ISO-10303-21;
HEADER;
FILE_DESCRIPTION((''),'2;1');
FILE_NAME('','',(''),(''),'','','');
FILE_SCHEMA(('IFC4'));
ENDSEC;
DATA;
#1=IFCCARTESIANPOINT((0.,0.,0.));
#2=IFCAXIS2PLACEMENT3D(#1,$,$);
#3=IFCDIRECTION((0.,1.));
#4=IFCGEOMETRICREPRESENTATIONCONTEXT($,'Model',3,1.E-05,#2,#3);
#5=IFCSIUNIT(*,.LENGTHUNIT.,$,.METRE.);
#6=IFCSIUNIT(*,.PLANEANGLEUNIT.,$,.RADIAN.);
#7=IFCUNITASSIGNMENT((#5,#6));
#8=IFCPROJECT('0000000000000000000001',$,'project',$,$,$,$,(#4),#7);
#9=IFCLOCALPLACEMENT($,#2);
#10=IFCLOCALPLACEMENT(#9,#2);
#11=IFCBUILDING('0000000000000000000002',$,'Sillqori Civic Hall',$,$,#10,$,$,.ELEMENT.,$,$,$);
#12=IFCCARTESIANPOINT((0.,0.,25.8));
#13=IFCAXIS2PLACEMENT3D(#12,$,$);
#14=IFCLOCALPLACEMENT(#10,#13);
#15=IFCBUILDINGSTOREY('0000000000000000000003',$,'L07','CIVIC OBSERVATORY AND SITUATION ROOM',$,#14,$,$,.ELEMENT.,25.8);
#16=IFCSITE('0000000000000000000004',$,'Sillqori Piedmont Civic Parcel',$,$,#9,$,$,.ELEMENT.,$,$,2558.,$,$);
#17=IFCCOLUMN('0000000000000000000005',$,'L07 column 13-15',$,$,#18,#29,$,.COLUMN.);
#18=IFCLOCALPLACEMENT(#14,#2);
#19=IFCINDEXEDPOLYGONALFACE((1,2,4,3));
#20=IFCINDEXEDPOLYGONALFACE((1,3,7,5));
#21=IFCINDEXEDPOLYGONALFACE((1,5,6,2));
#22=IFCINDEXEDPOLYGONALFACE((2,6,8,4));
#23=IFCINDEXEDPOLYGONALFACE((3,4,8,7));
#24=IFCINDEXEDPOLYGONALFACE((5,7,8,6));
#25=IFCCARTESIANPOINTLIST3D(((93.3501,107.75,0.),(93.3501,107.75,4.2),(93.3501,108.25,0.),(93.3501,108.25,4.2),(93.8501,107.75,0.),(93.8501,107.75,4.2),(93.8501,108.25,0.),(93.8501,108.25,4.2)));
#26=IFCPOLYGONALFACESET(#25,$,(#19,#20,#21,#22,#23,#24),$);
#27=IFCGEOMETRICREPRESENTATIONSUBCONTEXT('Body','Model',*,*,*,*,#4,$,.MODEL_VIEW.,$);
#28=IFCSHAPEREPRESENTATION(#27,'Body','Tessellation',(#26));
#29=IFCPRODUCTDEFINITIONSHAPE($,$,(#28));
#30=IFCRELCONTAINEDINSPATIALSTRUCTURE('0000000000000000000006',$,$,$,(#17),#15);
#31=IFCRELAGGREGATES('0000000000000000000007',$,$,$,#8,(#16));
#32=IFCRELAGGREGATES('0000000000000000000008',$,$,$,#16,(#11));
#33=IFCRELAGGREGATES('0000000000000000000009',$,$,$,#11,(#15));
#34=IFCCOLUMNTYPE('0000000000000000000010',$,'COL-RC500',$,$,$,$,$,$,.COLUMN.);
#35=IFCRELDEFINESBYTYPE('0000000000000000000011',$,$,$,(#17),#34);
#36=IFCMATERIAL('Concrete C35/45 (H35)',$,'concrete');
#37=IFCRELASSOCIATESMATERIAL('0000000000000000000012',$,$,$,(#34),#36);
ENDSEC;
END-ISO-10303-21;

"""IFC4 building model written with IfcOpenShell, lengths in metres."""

from ifc_helpers import new_model, si_unit, direction, frame, origin, origin_2d, place, context, subcontext, project, spatial, rectangle, extrude, material, material_profile, profile_set, type_object, element, save


model = new_model("IFC4")

# Units and contexts
model_context = context("Model", 3, precision=1e-05, world=origin(), true_north=direction((0.0, 1.0)))
body_context = subcontext(model_context, "Body", "Model", "MODEL_VIEW")
ifc_project = project(units=[si_unit("LENGTHUNIT", "METRE"), si_unit("PLANEANGLEUNIT", "RADIAN")], contexts=[model_context])

# Site, building, storey
site_placement = place(None, origin())
site = spatial("IfcSite", under=ifc_project, at=site_placement, Name="Sillqori Piedmont Civic Parcel", CompositionType="ELEMENT", RefElevation=2558.0)
building_placement = place(site_placement, origin())
building = spatial("IfcBuilding", under=site, at=building_placement, Name="Sillqori Civic Hall", CompositionType="ELEMENT")
storey_placement = place(building_placement, frame((0.0, 0.0, 25.8)))
storey = spatial("IfcBuildingStorey", under=building, at=storey_placement, Name="L07", Description="CIVIC OBSERVATORY AND SITUATION ROOM", CompositionType="ELEMENT", Elevation=25.8)

# Column
ifc_material_1 = material(Name="Concrete C35/45 (H35)", Category="concrete")
ifc_material_profile_1 = material_profile(ifc_material_1, rectangle(XDim=0.5, YDim=0.5, at=origin_2d()), Name="RC 500x500")
ifc_profile_set_1 = profile_set([ifc_material_profile_1], Name="Concrete C35/45 (H35)")
column_type = type_object("IfcColumnType", Name="COL-RC500", PredefinedType="COLUMN", material=ifc_profile_set_1)
column_placement = place(storey_placement, frame((93.6001, 108.0, 0.0), z_axis=(0.0, 0.0, 1.0), x_axis=(1.0, 0.0, 0.0)))
element("IfcColumn", 1, at=column_placement, inside=storey, type_object=column_type, Name="L07 column 13-15", PredefinedType="COLUMN", context=body_context, shape_type="SweptSolid", body=[
    extrude(rectangle(XDim=0.5, YDim=0.5, at=origin_2d()), origin(), (0.0, 0.0, 1.0), 4.2),
])

save(model, "model.ifc")
